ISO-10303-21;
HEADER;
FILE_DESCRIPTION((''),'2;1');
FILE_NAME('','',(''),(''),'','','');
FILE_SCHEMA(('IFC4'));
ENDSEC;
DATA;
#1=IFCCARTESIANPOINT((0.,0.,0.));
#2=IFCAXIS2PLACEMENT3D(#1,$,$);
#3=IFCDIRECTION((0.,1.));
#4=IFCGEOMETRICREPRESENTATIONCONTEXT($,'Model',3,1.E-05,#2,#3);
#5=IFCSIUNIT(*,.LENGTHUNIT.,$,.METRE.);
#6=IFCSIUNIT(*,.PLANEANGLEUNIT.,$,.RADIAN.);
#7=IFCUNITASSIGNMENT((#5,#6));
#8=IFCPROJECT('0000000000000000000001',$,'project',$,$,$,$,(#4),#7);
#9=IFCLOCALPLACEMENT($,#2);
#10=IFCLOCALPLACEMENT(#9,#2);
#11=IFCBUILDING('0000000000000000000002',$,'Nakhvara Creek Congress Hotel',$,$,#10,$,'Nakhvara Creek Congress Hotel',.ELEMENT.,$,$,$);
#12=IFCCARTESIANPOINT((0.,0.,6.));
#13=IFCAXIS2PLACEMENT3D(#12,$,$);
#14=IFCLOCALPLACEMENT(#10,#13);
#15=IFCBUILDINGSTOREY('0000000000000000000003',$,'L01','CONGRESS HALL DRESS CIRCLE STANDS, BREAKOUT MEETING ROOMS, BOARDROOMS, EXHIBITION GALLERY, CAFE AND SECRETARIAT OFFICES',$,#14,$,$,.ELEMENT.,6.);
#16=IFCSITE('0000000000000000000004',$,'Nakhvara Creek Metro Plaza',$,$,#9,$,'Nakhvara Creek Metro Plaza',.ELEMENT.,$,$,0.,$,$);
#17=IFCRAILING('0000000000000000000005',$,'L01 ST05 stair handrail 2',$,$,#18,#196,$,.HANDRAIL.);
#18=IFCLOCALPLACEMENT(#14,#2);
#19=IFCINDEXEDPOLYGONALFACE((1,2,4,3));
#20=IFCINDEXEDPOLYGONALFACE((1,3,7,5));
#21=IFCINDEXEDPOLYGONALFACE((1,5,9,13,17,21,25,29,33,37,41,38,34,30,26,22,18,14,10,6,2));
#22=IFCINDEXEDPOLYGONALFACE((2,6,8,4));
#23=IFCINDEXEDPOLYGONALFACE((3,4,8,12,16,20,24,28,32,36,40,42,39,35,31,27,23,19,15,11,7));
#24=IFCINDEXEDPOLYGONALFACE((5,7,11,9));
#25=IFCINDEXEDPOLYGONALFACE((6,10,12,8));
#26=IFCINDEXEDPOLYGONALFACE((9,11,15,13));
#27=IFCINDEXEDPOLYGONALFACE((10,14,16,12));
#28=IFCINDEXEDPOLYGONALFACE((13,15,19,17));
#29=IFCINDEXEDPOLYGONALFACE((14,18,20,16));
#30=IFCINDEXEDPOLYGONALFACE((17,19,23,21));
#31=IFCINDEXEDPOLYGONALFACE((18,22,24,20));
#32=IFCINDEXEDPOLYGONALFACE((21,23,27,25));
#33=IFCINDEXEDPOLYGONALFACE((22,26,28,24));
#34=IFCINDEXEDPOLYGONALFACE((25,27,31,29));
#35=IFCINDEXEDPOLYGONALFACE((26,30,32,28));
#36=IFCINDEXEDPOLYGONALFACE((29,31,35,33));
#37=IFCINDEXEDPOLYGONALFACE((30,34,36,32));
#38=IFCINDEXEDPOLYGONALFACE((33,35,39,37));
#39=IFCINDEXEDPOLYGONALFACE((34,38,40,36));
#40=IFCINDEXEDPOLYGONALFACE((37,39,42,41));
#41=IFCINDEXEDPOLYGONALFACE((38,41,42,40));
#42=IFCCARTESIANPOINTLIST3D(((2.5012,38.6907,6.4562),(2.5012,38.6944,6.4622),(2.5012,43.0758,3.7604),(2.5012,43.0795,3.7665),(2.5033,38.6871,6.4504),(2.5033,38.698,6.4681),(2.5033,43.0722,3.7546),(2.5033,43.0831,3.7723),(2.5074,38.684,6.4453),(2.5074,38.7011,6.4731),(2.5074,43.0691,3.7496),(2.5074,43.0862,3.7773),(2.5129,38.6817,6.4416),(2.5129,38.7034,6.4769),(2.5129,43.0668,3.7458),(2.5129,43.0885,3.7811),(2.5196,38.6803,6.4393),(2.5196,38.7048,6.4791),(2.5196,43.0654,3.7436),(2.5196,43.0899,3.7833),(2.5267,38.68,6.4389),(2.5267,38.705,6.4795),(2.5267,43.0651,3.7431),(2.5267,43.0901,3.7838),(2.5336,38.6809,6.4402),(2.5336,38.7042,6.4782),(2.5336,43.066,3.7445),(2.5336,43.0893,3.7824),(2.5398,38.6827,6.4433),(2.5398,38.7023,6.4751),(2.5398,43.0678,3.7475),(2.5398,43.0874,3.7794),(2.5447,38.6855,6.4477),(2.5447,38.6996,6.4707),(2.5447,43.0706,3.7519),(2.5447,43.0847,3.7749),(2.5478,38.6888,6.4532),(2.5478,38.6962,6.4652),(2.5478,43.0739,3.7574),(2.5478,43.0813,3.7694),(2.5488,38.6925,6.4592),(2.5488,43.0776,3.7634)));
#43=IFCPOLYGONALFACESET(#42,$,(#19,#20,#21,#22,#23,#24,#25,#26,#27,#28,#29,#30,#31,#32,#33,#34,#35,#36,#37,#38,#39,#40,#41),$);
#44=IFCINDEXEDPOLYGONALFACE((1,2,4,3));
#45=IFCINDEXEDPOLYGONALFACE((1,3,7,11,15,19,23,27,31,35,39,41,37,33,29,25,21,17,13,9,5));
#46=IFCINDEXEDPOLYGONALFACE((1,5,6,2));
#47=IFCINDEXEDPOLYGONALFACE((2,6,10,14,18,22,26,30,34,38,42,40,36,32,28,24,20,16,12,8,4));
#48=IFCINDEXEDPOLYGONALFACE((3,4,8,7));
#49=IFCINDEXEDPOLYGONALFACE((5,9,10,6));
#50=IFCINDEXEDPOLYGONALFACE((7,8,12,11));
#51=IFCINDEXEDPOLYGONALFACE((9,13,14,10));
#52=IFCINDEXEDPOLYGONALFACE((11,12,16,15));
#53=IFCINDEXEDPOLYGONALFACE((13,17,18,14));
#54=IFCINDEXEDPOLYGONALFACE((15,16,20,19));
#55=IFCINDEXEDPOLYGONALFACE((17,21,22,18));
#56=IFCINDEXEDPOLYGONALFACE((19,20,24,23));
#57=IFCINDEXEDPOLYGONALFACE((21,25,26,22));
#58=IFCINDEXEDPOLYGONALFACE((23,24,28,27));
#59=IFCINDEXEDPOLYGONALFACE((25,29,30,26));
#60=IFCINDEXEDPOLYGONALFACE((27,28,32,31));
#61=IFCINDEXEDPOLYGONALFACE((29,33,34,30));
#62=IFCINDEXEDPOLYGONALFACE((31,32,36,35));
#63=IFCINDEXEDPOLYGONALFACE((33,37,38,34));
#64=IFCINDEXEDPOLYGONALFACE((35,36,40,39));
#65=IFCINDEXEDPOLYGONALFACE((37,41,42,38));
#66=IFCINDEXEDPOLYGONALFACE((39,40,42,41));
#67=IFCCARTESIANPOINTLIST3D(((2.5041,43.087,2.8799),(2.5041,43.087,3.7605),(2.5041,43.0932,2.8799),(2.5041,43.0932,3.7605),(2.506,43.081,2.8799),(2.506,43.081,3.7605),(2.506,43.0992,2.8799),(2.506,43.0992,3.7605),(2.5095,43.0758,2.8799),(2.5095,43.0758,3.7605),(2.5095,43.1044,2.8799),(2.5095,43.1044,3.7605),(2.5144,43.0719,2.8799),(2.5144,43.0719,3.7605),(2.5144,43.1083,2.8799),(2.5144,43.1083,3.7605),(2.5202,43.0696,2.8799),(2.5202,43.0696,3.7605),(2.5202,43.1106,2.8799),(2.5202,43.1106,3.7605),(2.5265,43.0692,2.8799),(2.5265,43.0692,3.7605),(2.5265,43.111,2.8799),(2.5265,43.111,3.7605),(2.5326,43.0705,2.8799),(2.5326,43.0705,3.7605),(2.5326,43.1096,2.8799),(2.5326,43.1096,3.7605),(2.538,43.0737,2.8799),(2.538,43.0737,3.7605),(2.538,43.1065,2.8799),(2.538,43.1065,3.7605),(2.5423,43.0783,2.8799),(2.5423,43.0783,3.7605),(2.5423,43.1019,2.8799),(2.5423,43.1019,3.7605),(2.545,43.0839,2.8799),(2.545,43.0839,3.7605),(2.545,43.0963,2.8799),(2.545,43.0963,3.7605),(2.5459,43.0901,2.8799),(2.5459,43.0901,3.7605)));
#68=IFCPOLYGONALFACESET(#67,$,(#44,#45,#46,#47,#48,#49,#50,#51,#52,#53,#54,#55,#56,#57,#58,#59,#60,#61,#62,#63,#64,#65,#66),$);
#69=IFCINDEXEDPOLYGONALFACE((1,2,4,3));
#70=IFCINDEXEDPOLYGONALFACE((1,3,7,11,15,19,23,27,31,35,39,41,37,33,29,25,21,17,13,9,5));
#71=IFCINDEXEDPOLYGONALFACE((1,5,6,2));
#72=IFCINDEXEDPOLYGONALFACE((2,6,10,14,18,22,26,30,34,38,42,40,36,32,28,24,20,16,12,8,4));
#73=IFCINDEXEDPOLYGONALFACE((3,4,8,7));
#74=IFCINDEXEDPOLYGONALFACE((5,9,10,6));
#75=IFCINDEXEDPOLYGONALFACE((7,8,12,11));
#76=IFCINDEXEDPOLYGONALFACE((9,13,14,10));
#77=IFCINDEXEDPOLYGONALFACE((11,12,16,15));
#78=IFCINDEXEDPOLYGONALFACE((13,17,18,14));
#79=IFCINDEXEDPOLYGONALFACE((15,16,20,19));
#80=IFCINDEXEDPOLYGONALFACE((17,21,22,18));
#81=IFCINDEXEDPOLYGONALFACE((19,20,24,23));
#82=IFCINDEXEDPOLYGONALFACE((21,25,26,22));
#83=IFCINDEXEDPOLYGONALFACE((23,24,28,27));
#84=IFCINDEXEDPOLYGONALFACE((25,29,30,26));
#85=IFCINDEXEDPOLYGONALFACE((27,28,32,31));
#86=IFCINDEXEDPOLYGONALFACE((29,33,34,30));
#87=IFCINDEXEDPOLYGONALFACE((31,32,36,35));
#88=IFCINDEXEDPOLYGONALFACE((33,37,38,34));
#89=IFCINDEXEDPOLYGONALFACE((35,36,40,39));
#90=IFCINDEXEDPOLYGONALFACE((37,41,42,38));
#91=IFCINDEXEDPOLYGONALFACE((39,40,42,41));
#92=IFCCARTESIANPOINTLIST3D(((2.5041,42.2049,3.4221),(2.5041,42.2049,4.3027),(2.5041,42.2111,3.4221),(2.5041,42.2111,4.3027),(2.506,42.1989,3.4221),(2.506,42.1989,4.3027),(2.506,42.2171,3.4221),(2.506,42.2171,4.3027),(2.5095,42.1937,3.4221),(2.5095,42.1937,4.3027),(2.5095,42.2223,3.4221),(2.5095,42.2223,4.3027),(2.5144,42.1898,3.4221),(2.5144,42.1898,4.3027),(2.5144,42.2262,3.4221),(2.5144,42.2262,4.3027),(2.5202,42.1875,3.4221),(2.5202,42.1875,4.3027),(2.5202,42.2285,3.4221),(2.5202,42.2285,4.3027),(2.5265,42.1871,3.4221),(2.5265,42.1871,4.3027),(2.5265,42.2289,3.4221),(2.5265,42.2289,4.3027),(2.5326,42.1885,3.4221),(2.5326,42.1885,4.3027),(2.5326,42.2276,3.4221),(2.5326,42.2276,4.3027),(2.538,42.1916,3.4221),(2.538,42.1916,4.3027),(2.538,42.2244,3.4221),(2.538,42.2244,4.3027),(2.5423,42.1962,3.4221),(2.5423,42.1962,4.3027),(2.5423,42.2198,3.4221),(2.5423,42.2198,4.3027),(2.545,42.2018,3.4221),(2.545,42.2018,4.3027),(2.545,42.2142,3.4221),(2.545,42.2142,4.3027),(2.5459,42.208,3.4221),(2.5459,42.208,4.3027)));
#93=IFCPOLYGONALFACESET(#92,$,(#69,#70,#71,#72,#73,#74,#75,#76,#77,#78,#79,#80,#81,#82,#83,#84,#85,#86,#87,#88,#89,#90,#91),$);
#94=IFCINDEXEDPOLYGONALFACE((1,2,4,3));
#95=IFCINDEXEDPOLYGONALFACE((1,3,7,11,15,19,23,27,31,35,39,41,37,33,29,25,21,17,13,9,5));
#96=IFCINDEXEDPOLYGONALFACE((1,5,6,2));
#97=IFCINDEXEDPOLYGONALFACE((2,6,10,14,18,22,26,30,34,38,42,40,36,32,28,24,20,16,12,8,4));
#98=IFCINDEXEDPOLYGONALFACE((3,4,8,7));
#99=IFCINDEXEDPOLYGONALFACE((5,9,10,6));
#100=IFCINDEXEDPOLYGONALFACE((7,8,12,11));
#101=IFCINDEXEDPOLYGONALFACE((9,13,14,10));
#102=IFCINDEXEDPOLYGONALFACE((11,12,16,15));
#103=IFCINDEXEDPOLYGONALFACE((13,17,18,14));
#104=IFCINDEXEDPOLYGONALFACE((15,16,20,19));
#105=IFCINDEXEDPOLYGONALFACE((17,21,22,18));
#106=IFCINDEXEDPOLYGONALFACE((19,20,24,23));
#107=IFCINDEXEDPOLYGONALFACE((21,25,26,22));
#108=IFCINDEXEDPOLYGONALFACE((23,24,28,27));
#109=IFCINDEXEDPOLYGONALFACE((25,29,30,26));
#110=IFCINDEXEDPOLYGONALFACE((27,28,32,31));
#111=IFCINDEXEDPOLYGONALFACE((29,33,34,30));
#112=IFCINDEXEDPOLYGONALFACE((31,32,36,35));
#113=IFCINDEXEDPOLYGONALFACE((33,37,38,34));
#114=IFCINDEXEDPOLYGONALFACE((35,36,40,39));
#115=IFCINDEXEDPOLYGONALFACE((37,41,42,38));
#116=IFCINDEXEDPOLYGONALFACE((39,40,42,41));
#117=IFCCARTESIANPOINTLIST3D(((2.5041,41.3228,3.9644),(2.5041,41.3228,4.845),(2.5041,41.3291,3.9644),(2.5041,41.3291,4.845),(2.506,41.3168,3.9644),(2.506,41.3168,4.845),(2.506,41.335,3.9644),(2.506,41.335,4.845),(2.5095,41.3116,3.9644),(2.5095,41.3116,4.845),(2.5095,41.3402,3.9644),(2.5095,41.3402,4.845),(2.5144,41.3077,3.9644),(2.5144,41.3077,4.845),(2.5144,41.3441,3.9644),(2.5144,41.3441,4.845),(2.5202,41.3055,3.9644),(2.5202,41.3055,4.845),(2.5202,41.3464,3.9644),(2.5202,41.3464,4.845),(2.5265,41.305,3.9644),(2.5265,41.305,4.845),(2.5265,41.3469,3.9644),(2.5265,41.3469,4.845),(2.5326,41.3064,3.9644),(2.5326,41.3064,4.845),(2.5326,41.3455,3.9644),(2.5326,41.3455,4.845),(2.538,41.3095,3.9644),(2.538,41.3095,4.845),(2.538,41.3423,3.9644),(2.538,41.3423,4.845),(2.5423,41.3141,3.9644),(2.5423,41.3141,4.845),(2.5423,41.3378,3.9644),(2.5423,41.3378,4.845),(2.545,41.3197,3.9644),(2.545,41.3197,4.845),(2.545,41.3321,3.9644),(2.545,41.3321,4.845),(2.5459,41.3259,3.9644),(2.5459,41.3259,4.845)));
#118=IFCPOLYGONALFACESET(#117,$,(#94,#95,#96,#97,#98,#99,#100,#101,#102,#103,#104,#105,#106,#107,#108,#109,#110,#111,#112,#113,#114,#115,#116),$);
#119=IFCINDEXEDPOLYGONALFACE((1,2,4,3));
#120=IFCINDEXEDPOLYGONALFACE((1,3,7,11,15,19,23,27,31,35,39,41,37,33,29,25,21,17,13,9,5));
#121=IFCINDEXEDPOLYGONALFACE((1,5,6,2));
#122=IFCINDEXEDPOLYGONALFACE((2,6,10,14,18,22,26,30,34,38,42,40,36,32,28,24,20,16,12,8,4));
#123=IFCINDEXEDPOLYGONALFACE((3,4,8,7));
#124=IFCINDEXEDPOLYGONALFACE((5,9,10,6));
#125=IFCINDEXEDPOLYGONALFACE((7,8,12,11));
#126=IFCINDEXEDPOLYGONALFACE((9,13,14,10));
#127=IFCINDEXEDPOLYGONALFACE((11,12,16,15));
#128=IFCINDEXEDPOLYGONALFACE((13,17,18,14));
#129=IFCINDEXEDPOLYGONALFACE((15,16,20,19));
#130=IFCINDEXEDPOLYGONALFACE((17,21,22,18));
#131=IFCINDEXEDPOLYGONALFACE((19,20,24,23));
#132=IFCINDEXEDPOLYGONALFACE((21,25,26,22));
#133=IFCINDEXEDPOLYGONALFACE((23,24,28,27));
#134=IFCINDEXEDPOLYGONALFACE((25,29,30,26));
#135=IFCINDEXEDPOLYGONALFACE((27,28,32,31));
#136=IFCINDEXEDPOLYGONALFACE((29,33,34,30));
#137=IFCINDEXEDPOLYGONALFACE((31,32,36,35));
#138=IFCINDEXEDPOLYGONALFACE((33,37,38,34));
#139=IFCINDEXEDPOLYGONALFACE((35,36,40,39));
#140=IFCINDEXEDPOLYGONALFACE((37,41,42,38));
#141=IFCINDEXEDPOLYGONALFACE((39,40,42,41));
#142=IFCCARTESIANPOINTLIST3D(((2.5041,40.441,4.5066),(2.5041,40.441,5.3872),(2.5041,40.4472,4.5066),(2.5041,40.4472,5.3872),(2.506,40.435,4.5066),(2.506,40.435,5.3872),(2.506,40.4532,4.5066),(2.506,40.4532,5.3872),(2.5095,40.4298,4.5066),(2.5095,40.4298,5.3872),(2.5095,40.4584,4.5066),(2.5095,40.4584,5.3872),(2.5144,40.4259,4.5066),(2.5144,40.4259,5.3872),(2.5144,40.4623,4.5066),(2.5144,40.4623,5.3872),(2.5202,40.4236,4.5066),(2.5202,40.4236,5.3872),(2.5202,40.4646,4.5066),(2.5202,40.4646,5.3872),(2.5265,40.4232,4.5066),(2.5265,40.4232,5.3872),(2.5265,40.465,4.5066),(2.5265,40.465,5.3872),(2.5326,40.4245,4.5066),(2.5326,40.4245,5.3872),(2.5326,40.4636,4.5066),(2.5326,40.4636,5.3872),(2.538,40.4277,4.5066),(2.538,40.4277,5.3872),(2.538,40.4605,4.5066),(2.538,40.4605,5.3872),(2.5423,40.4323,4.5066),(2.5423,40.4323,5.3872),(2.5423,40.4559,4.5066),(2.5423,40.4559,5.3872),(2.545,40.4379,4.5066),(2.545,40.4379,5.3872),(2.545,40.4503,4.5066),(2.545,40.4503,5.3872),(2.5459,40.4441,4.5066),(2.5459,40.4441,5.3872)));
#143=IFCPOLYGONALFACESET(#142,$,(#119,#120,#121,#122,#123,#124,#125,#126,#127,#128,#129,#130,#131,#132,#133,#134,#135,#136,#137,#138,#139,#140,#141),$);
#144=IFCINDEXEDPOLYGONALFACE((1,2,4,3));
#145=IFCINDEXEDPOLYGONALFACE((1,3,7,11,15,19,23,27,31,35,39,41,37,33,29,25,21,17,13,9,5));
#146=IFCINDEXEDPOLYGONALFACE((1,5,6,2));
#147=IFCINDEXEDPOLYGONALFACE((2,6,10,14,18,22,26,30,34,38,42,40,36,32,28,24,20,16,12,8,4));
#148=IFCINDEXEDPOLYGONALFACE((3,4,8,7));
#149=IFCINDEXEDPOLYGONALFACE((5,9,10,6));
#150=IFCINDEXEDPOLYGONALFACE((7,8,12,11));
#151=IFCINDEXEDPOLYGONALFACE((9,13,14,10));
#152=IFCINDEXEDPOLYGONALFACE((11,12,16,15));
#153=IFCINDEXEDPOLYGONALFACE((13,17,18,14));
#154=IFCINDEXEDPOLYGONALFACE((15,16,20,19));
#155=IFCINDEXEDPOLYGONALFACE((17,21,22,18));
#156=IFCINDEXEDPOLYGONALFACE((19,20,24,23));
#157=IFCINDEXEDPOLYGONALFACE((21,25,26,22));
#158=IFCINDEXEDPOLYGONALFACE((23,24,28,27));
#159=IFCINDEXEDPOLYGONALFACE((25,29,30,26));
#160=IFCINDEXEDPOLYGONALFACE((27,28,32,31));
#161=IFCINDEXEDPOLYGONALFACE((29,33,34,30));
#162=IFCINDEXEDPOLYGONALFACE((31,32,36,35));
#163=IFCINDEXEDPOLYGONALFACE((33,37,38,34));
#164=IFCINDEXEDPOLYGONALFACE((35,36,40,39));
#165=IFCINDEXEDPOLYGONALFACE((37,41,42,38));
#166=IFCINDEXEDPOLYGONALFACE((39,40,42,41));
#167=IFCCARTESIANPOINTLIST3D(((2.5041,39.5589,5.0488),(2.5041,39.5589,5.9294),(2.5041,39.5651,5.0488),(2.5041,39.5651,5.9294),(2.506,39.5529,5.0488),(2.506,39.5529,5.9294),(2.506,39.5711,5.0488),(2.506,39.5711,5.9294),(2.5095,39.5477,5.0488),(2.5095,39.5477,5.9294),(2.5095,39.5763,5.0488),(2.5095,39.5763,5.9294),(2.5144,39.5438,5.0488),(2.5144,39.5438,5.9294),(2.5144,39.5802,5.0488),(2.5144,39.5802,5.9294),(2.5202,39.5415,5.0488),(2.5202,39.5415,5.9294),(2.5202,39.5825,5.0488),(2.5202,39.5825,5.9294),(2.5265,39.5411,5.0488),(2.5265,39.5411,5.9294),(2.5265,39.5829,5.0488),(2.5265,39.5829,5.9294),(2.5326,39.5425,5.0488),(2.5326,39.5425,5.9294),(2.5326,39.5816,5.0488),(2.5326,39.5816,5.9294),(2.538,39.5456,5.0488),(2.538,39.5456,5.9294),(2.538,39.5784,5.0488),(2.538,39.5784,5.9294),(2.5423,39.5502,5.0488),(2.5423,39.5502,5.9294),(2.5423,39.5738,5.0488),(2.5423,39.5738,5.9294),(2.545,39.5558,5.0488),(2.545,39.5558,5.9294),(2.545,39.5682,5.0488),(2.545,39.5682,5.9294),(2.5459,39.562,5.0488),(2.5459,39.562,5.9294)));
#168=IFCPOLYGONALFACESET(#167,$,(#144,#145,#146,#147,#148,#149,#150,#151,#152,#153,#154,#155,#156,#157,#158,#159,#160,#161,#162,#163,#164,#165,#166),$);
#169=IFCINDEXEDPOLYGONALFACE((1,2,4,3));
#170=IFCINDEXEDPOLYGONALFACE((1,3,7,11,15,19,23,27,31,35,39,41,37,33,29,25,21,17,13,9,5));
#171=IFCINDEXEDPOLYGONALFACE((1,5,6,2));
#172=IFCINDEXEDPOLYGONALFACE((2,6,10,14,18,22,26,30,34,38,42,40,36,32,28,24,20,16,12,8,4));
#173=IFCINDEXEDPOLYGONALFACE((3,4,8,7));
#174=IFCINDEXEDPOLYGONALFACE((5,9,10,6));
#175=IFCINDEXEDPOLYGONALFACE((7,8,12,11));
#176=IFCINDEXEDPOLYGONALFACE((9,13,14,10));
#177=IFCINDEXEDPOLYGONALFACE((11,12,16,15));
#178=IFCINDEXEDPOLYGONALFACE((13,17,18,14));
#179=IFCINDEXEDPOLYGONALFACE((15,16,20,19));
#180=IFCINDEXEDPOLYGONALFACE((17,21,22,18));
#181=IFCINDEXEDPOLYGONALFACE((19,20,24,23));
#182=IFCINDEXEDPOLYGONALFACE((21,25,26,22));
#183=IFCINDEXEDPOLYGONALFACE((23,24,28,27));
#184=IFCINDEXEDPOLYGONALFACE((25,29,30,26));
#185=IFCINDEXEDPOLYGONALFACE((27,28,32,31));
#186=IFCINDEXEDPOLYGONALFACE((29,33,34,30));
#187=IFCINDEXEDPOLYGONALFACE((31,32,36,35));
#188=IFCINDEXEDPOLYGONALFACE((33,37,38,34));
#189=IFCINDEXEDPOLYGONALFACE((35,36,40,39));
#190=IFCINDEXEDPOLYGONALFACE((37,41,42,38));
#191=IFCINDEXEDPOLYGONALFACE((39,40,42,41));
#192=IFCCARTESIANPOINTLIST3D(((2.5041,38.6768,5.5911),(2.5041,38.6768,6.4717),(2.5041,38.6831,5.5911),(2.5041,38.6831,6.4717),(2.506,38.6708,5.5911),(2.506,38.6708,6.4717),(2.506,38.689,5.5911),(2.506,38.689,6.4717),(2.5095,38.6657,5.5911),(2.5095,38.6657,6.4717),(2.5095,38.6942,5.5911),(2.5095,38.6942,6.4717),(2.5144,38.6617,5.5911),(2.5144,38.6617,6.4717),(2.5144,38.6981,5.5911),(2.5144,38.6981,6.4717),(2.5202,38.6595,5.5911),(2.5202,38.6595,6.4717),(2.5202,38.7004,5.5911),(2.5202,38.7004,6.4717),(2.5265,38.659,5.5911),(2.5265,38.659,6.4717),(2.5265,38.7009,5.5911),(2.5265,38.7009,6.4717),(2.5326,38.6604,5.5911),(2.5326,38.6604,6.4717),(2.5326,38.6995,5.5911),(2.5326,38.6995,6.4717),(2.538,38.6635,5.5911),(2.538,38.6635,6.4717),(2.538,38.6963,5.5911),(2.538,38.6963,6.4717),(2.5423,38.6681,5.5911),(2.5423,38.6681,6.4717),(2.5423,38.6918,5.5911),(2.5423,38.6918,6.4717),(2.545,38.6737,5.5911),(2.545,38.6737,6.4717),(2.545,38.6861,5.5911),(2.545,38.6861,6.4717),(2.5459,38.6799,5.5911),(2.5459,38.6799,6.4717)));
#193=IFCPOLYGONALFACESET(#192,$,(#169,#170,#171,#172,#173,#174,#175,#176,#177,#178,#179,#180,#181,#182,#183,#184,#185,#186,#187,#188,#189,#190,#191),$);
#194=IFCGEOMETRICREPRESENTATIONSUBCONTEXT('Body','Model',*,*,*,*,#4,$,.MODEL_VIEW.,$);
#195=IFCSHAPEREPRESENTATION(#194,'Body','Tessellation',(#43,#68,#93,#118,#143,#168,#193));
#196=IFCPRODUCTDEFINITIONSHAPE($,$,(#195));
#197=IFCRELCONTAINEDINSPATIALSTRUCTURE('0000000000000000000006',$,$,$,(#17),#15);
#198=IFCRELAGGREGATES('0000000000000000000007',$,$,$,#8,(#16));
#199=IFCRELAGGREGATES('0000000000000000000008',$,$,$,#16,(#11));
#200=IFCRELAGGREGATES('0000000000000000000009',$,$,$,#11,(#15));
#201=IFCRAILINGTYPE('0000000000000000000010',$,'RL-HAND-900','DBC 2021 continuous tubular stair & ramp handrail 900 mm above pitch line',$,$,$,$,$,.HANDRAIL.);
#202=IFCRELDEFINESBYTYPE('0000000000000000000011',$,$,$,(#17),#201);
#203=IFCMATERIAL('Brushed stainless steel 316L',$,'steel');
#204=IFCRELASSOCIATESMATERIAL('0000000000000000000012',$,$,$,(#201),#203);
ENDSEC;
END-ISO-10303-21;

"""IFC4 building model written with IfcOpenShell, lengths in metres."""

from ifc_helpers import new_model, si_unit, direction, frame, origin, origin_2d, place, context, subcontext, project, spatial, circle, extrude, material, type_object, element, save


model = new_model("IFC4")

# Units and contexts
model_context = context("Model", 3, precision=1e-05, world=origin(), true_north=direction((0.0, 1.0)))
body_context = subcontext(model_context, "Body", "Model", "MODEL_VIEW")
ifc_project = project(units=[si_unit("LENGTHUNIT", "METRE"), si_unit("PLANEANGLEUNIT", "RADIAN")], contexts=[model_context])

# Site, building, storey
site_placement = place(None, origin())
site = spatial("IfcSite", under=ifc_project, at=site_placement, Name="Nakhvara Creek Metro Plaza", LongName="Nakhvara Creek Metro Plaza", CompositionType="ELEMENT", RefElevation=0.0)
building_placement = place(site_placement, origin())
building = spatial("IfcBuilding", under=site, at=building_placement, Name="Nakhvara Creek Congress Hotel", LongName="Nakhvara Creek Congress Hotel", CompositionType="ELEMENT")
storey_placement = place(building_placement, frame((0.0, 0.0, 6.0)))
storey = spatial("IfcBuildingStorey", under=building, at=storey_placement, Name="L01", Description="CONGRESS HALL DRESS CIRCLE STANDS, BREAKOUT MEETING ROOMS, BOARDROOMS, EXHIBITION GALLERY, CAFE AND SECRETARIAT OFFICES", CompositionType="ELEMENT", Elevation=6.0)

# Railing
ifc_material_1 = material(Name="Brushed stainless steel 316L", Category="steel")
railing_type_1 = type_object("IfcRailingType", Name="RL-HAND-900", Description="DBC 2021 continuous tubular stair & ramp handrail 900 mm above pitch line", PredefinedType="HANDRAIL", material=ifc_material_1)
railing_1_placement = place(storey_placement, frame((2.5249, 43.0901, 2.8799)))
element("IfcRailing", 1, at=railing_1_placement, inside=storey, type_object=railing_type_1, Name="L01 ST05 stair handrail 2", PredefinedType="HANDRAIL", context=body_context, shape_type="SweptSolid", body=[
    extrude(circle(Radius=0.0239, at=origin_2d()), frame((0.0, -0.0125, 0.8835), z_axis=(0.0, -0.851896, 0.523711), x_axis=(1.0, 0.0, 0.0)), (0.0, 0.0, 1.0), 5.1475),
    extrude(circle(Radius=0.021, at=origin_2d()), origin(), (0.0, 0.0, 1.0), 0.8806),
    extrude(circle(Radius=0.021, at=origin_2d()), frame((0.0, -0.8821, 0.5422)), (0.0, 0.0, 1.0), 0.8806),
    extrude(circle(Radius=0.021, at=origin_2d()), frame((0.0, -1.7642, 1.0845)), (0.0, 0.0, 1.0), 0.8806),
    extrude(circle(Radius=0.021, at=origin_2d()), frame((0.0, -2.646, 1.6267)), (0.0, 0.0, 1.0), 0.8806),
    extrude(circle(Radius=0.021, at=origin_2d()), frame((0.0, -3.5281, 2.1689)), (0.0, 0.0, 1.0), 0.8806),
    extrude(circle(Radius=0.021, at=origin_2d()), frame((0.0, -4.4102, 2.7112)), (0.0, 0.0, 1.0), 0.8806),
])

save(model, "model.ifc")
